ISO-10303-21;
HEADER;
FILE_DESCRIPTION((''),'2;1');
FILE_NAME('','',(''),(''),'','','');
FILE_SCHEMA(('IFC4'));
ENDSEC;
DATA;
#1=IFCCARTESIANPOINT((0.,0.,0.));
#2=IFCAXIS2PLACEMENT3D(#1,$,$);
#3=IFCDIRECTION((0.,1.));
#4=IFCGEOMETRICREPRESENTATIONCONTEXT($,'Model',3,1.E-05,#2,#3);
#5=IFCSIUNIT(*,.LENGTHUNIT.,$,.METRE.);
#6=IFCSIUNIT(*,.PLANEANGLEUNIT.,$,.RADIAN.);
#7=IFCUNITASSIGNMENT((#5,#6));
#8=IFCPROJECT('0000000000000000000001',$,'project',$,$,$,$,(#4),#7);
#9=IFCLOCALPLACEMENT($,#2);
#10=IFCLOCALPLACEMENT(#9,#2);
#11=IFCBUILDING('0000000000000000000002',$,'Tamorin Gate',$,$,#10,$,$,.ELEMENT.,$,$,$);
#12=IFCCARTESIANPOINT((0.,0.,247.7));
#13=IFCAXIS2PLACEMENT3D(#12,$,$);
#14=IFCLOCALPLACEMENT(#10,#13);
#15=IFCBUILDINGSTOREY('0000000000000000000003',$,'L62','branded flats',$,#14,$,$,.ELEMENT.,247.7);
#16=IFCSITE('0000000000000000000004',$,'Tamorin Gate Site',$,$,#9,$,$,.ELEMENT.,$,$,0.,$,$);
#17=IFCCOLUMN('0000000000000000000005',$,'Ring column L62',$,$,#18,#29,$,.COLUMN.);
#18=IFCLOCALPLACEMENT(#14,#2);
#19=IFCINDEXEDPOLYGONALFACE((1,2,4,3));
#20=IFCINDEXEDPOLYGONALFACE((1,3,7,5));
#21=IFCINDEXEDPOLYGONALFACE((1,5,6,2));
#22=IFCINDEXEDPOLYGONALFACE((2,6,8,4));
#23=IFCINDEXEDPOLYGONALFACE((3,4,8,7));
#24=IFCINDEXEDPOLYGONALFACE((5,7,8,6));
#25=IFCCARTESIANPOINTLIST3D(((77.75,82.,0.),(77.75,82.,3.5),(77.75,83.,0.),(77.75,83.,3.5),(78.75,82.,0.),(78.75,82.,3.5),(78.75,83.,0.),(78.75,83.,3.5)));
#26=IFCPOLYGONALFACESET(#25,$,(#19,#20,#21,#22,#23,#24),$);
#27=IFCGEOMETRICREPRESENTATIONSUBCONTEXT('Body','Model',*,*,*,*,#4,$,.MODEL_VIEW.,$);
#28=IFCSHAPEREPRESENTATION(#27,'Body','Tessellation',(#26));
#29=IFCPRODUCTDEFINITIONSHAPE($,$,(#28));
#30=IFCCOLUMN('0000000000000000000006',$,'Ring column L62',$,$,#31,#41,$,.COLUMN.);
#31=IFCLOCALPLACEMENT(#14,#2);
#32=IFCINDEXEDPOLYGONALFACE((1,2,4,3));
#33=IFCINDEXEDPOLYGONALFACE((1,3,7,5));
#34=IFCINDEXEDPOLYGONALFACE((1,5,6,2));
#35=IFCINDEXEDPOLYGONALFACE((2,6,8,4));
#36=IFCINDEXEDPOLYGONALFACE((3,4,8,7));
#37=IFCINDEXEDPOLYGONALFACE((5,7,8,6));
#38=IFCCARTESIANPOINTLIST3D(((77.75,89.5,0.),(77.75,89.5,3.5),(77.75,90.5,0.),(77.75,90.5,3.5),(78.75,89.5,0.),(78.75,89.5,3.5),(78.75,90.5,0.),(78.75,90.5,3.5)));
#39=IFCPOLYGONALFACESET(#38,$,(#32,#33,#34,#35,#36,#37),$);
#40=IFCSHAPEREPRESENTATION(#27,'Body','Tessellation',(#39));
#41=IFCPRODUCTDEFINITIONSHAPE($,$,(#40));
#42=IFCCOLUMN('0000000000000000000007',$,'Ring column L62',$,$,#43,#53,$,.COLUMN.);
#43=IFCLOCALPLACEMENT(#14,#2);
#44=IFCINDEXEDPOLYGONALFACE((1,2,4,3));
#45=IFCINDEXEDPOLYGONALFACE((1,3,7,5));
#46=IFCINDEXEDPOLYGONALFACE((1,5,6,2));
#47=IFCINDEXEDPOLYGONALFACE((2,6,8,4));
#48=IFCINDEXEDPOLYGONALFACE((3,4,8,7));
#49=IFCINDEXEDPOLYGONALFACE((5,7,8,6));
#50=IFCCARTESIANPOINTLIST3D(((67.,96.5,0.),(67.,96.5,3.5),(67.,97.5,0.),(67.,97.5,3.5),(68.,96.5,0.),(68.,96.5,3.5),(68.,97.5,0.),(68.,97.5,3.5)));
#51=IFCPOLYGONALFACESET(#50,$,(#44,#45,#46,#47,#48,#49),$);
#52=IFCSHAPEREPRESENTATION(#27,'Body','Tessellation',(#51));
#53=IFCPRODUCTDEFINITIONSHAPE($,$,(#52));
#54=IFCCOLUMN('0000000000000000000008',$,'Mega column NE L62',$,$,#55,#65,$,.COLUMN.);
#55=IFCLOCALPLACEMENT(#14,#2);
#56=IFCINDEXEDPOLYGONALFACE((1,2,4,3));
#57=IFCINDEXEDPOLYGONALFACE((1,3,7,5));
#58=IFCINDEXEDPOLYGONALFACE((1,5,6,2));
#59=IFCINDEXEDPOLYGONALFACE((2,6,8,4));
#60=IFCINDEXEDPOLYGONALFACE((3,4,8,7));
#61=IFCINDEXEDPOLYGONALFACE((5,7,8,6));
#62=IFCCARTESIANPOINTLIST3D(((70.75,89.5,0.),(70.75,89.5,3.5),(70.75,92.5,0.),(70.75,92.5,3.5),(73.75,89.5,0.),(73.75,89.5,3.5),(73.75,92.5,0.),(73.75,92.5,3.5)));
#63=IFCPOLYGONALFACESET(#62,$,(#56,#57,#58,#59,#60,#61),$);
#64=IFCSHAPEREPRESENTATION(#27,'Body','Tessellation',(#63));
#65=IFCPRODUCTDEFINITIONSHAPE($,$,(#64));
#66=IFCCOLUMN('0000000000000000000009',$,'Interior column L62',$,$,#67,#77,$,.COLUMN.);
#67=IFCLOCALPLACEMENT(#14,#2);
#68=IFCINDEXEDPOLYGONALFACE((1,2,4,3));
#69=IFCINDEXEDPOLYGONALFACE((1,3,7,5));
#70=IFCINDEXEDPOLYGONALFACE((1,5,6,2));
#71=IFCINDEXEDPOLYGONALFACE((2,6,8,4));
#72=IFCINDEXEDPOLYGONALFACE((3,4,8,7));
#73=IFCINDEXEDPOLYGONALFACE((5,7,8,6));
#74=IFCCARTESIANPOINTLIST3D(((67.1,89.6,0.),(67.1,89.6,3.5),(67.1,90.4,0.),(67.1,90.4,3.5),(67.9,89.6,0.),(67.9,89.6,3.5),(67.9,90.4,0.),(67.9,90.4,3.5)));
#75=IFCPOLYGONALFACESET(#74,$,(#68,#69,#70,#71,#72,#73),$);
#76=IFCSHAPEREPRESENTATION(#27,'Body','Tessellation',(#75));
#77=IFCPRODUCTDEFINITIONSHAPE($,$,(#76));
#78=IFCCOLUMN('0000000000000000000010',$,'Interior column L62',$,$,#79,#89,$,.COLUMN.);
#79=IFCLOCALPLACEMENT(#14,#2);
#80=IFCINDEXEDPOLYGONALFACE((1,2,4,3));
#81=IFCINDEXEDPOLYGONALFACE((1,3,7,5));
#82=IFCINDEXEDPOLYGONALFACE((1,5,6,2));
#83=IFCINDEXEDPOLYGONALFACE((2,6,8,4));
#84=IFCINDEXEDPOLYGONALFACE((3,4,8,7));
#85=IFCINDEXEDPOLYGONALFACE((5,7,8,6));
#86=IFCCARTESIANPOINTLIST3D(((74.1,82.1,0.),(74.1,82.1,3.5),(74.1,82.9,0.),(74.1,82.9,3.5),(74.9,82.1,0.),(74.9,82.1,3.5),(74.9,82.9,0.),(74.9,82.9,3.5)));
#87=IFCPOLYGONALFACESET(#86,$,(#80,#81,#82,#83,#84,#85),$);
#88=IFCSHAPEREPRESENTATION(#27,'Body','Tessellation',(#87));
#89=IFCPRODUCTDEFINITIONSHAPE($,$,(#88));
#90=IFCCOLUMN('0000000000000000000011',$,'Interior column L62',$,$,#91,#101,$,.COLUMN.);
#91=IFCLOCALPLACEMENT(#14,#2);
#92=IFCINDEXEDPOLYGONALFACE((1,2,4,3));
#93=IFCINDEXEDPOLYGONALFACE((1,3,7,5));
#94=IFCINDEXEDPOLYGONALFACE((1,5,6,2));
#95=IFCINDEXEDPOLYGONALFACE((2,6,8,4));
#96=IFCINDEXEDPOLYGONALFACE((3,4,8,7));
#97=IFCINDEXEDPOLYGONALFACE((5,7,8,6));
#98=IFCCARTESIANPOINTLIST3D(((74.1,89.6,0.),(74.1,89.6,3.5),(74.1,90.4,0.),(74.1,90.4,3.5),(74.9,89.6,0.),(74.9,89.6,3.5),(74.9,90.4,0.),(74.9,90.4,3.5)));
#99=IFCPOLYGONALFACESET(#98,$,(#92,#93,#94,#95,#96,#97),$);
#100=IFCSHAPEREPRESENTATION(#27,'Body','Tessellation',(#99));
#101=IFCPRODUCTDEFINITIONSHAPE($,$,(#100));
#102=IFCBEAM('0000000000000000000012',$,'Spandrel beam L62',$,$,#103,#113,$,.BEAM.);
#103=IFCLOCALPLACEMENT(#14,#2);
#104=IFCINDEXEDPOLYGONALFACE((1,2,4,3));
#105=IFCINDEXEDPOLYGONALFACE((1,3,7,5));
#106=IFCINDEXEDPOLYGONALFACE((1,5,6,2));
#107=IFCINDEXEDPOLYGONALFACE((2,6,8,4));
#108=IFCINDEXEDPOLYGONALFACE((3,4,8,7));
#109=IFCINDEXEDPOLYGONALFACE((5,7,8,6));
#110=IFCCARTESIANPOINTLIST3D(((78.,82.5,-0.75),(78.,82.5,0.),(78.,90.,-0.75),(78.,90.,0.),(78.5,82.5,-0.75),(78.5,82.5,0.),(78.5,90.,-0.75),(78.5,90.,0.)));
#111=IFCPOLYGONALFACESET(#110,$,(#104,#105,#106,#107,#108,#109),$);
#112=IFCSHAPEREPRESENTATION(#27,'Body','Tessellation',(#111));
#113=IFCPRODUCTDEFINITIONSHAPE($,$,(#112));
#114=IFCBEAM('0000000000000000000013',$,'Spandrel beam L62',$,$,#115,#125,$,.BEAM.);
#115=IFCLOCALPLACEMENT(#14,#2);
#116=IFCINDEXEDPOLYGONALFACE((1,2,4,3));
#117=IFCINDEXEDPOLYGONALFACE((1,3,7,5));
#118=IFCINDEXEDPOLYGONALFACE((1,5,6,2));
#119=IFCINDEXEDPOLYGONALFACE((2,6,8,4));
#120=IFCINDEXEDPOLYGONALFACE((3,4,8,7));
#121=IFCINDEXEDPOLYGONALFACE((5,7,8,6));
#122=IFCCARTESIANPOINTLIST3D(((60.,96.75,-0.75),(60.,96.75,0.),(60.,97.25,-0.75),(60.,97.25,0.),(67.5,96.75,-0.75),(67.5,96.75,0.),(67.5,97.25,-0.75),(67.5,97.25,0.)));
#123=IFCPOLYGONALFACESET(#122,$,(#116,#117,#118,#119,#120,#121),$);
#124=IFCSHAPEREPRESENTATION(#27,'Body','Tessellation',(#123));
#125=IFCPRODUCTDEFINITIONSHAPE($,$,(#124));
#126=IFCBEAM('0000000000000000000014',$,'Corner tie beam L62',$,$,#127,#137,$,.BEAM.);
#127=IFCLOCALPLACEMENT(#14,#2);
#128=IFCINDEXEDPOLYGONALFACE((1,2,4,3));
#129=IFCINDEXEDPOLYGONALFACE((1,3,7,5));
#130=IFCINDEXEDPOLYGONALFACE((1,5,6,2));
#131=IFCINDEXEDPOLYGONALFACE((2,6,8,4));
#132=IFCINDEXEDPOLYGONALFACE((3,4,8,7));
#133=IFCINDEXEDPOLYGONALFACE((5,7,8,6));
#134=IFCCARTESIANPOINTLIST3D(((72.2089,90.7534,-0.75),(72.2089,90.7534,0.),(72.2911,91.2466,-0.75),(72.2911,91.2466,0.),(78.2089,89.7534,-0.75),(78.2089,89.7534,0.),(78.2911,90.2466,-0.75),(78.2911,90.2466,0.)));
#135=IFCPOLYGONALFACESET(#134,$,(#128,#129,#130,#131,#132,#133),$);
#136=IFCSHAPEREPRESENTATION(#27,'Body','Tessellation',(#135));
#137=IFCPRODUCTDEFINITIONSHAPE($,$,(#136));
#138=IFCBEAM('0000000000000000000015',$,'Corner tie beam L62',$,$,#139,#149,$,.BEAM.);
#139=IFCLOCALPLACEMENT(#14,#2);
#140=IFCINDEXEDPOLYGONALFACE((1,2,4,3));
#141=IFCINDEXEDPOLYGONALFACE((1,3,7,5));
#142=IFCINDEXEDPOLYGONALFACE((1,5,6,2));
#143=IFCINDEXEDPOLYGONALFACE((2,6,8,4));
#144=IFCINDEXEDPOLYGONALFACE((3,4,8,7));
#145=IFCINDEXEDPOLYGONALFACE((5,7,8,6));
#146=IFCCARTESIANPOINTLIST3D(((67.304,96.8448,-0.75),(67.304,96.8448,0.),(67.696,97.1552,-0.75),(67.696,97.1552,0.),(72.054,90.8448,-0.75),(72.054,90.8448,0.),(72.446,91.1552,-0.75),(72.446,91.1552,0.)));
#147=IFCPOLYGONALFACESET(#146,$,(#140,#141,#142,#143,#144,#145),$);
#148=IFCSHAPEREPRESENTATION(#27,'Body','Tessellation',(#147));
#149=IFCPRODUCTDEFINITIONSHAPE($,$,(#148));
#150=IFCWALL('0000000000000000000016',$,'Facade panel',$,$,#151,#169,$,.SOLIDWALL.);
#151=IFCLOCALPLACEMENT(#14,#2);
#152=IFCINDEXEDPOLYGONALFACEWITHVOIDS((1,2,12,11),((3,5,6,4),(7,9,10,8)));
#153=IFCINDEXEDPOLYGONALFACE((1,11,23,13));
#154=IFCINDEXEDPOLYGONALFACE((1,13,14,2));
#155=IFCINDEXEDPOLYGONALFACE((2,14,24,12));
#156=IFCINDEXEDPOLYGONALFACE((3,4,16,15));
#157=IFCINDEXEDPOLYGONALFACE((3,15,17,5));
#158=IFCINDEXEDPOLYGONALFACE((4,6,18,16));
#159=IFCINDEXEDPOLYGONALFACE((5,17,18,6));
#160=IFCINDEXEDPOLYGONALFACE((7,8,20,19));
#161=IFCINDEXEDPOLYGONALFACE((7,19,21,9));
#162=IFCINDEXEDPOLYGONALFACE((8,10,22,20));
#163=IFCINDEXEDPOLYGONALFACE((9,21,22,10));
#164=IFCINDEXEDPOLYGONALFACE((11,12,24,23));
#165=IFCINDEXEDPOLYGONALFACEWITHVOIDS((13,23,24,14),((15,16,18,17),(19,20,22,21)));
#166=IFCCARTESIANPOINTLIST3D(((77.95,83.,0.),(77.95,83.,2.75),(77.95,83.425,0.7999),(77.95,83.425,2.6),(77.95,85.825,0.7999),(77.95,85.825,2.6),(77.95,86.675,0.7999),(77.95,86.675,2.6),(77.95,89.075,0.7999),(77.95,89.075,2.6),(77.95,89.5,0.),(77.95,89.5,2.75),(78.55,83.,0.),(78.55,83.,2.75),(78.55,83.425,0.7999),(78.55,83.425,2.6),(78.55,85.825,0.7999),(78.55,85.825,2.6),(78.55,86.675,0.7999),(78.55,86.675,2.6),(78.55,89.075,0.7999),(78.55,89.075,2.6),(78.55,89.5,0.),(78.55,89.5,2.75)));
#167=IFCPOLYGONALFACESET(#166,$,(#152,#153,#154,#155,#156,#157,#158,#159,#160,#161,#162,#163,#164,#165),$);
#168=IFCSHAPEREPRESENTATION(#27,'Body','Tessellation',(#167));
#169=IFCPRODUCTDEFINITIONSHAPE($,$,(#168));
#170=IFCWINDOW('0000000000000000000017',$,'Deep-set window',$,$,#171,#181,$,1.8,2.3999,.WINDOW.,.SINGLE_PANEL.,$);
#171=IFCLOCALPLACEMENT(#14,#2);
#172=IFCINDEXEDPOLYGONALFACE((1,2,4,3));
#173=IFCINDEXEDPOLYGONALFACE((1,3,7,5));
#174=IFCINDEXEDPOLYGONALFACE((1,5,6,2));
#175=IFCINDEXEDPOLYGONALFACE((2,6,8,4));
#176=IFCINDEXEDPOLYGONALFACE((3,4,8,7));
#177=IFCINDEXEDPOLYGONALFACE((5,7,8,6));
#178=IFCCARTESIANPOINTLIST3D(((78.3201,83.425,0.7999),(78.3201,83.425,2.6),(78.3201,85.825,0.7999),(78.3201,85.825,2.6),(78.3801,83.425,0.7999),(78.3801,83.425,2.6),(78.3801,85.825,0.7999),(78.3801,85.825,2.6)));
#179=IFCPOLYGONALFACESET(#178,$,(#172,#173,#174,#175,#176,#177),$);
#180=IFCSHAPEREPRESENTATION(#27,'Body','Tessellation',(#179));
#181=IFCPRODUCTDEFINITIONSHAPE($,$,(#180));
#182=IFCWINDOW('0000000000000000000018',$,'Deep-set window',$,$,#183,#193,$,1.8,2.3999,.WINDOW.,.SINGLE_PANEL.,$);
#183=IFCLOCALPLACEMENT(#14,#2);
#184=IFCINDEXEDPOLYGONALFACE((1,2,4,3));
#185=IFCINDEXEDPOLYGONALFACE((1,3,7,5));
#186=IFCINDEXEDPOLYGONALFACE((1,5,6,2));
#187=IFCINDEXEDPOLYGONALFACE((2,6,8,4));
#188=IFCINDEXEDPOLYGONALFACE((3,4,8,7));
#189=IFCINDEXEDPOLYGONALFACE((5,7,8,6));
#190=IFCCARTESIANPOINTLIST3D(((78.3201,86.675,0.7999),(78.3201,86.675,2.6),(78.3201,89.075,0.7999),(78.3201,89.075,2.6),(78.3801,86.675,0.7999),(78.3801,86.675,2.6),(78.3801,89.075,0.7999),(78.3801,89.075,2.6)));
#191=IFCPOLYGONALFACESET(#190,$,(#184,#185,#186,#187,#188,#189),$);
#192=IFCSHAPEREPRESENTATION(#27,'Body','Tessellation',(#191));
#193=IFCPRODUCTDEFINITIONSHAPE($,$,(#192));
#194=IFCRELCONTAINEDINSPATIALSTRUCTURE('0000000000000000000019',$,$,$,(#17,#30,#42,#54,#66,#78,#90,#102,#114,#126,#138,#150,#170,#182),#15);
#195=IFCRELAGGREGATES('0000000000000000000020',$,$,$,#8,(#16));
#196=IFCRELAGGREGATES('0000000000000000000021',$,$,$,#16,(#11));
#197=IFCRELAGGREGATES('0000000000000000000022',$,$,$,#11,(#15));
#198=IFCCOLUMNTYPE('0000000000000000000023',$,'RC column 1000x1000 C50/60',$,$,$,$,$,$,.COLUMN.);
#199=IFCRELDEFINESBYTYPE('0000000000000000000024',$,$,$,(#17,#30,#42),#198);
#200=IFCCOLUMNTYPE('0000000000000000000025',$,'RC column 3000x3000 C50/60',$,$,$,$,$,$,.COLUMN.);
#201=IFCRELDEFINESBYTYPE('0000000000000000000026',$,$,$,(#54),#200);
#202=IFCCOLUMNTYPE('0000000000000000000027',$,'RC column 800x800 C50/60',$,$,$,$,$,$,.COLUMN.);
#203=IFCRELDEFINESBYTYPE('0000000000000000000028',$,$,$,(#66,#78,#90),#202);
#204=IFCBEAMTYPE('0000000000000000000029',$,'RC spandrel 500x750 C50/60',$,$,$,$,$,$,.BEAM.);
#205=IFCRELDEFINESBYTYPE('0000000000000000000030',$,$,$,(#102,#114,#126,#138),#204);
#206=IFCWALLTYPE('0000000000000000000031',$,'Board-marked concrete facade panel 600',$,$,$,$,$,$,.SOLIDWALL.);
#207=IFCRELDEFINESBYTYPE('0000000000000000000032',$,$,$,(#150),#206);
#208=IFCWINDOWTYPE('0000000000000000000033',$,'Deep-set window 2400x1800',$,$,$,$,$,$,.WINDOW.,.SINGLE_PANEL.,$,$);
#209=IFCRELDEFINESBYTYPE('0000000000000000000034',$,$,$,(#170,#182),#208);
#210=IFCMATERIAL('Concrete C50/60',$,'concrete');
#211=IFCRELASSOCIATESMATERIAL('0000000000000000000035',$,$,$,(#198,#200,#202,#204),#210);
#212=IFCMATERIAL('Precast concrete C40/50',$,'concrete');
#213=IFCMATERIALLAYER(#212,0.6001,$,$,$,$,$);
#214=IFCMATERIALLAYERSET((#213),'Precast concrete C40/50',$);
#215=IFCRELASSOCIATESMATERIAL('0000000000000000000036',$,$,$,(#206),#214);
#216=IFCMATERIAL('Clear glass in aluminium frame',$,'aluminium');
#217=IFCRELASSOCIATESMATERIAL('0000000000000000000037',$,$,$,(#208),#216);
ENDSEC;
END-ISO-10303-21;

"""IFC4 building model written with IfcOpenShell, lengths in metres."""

from ifc_helpers import new_model, si_unit, direction, frame, frame_2d, origin, origin_2d, place, context, subcontext, project, spatial, rectangle, extrude, material, layer, layer_set, material_profile, profile_set, type_object, element, fill, save


model = new_model("IFC4")

# Units and contexts
model_context = context("Model", 3, precision=1e-05, world=origin(), true_north=direction((0.0, 1.0)))
body_context = subcontext(model_context, "Body", "Model", "MODEL_VIEW")
ifc_project = project(units=[si_unit("LENGTHUNIT", "METRE"), si_unit("PLANEANGLEUNIT", "RADIAN")], contexts=[model_context])

# Site, building, storey
site_placement = place(None, origin())
site = spatial("IfcSite", under=ifc_project, at=site_placement, Name="Tamorin Gate Site", CompositionType="ELEMENT", RefElevation=0.0)
building_placement = place(site_placement, origin())
building = spatial("IfcBuilding", under=site, at=building_placement, Name="Tamorin Gate", CompositionType="ELEMENT")
storey_placement = place(building_placement, frame((0.0, 0.0, 247.7)))
storey = spatial("IfcBuildingStorey", under=building, at=storey_placement, Name="L62", Description="branded flats", CompositionType="ELEMENT", Elevation=247.7)

# Columns
ifc_material_1 = material(Name="Concrete C50/60", Category="concrete")
ifc_material_profile_1 = material_profile(ifc_material_1, rectangle(XDim=1.0, YDim=1.0, at=origin_2d()), Name="RC 1000x1000")
ifc_profile_set_1 = profile_set([ifc_material_profile_1], Name="Concrete C50/60")
column_type_1 = type_object("IfcColumnType", Name="RC column 1000x1000 C50/60", PredefinedType="COLUMN", material=ifc_profile_set_1)
for number, where, z_axis, x_axis, name in (
    (1, (78.25, 82.5, 0.0), (0.0, 0.0, 1.0), (1.0, 0.0, 0.0), "Ring column L62"),
    (2, (78.25, 90.0, 0.0), (0.0, 0.0, 1.0), (1.0, 0.0, 0.0), "Ring column L62"),
    (3, (67.5, 97.0, 0.0), (0.0, 0.0, 1.0), (1.0, 0.0, 0.0), "Ring column L62"),
):
    element("IfcColumn", number, at=place(storey_placement, frame(where, z_axis=z_axis, x_axis=x_axis)), inside=storey, type_object=column_type_1, Name=name, PredefinedType="COLUMN", context=body_context, shape_type="SweptSolid", body=[
        extrude(rectangle(XDim=1.0, YDim=1.0, at=origin_2d()), origin(), (0.0, 0.0, 1.0), 3.5),
    ])
ifc_material_profile_2 = material_profile(ifc_material_1, rectangle(XDim=3.0, YDim=3.0, at=origin_2d()), Name="RC 3000x3000")
ifc_profile_set_2 = profile_set([ifc_material_profile_2], Name="Concrete C50/60")
column_type_2 = type_object("IfcColumnType", Name="RC column 3000x3000 C50/60", PredefinedType="COLUMN", material=ifc_profile_set_2)
column_placement = place(storey_placement, frame((72.25, 91.0, 0.0), z_axis=(0.0, 0.0, 1.0), x_axis=(1.0, 0.0, 0.0)))
element("IfcColumn", 4, at=column_placement, inside=storey, type_object=column_type_2, Name="Mega column NE L62", PredefinedType="COLUMN", context=body_context, shape_type="SweptSolid", body=[
    extrude(rectangle(XDim=3.0, YDim=3.0, at=origin_2d()), origin(), (0.0, 0.0, 1.0), 3.5),
])
ifc_material_profile_3 = material_profile(ifc_material_1, rectangle(XDim=0.8, YDim=0.8, at=origin_2d()), Name="RC 800x800")
ifc_profile_set_3 = profile_set([ifc_material_profile_3], Name="Concrete C50/60")
column_type_3 = type_object("IfcColumnType", Name="RC column 800x800 C50/60", PredefinedType="COLUMN", material=ifc_profile_set_3)
for number, where, z_axis, x_axis, name in (
    (5, (67.5, 90.0, 0.0), (0.0, 0.0, 1.0), (1.0, 0.0, 0.0), "Interior column L62"),
    (6, (74.5, 82.5, 0.0), (0.0, 0.0, 1.0), (1.0, 0.0, 0.0), "Interior column L62"),
    (7, (74.5, 90.0, 0.0), (0.0, 0.0, 1.0), (1.0, 0.0, 0.0), "Interior column L62"),
):
    element("IfcColumn", number, at=place(storey_placement, frame(where, z_axis=z_axis, x_axis=x_axis)), inside=storey, type_object=column_type_3, Name=name, PredefinedType="COLUMN", context=body_context, shape_type="SweptSolid", body=[
        extrude(rectangle(XDim=0.8, YDim=0.8, at=origin_2d()), origin(), (0.0, 0.0, 1.0), 3.5),
    ])

# Beams
ifc_material_profile_4 = material_profile(ifc_material_1, rectangle(XDim=0.5, YDim=0.75, at=origin_2d()), Name="RC 500x750")
ifc_profile_set_4 = profile_set([ifc_material_profile_4], Name="Concrete C50/60")
beam_type = type_object("IfcBeamType", Name="RC spandrel 500x750 C50/60", PredefinedType="BEAM", material=ifc_profile_set_4)
for number, where, z_axis, x_axis, name in (
    (8, (78.25, 82.5, -0.375), (0.0, 1.0, 0.0), (-1.0, 0.0, 0.0), "Spandrel beam L62"),
    (9, (67.5, 97.0, -0.375), (-1.0, 0.0, 0.0), (0.0, -1.0, 0.0), "Spandrel beam L62"),
):
    element("IfcBeam", number, at=place(storey_placement, frame(where, z_axis=z_axis, x_axis=x_axis)), inside=storey, type_object=beam_type, Name=name, PredefinedType="BEAM", context=body_context, shape_type="SweptSolid", body=[
        extrude(rectangle(XDim=0.5, YDim=0.75, at=origin_2d()), origin(), (0.0, 0.0, 1.0), 7.5),
    ])
beam_1_placement = place(storey_placement, frame((72.25, 91.0, -0.375), z_axis=(0.986394, -0.164399, 0.0), x_axis=(0.164399, 0.986394, 0.0)))
element("IfcBeam", 10, at=beam_1_placement, inside=storey, type_object=beam_type, Name="Corner tie beam L62", PredefinedType="BEAM", context=body_context, shape_type="SweptSolid", body=[
    extrude(rectangle(XDim=0.5, YDim=0.75, at=origin_2d()), origin(), (0.0, 0.0, 1.0), 6.0828),
])
beam_2_placement = place(storey_placement, frame((72.25, 91.0, -0.375), z_axis=(-0.620703, 0.784046, 0.0), x_axis=(-0.784046, -0.620703, 0.0)))
element("IfcBeam", 11, at=beam_2_placement, inside=storey, type_object=beam_type, Name="Corner tie beam L62", PredefinedType="BEAM", context=body_context, shape_type="SweptSolid", body=[
    extrude(rectangle(XDim=0.5, YDim=0.75, at=origin_2d()), origin(), (0.0, 0.0, 1.0), 7.6526),
])

# Wall, openings, windows
ifc_material_2 = material(Name="Precast concrete C40/50", Category="concrete")
ifc_layer = layer(ifc_material_2, 0.6001)
ifc_layer_set = layer_set([ifc_layer], Name="Precast concrete C40/50")
wall_type = type_object("IfcWallType", Name="Board-marked concrete facade panel 600", PredefinedType="SOLIDWALL", material=ifc_layer_set)
wall_1_placement = place(storey_placement, frame((78.25, 83.0, 0.0), z_axis=(0.0, 0.0, 1.0), x_axis=(0.0, 1.0, 0.0)))
wall_1 = element("IfcWall", 12, at=wall_1_placement, inside=storey, type_object=wall_type, Name="Facade panel", PredefinedType="SOLIDWALL", context=body_context, shape_type="SweptSolid", body=[
    extrude(rectangle(XDim=6.5, YDim=0.6001, at=frame_2d((3.25, 0.0))), origin(), (0.0, 0.0, 1.0), 2.75),
])
opening_1_placement = place(wall_1_placement, frame((0.425, 0.0, 0.8)))
opening_1 = element("IfcOpeningElement", 13, at=opening_1_placement, cuts=wall_1, PredefinedType="OPENING", context=body_context, shape_type="SweptSolid", body=[
    extrude(rectangle(XDim=2.3999, YDim=1.8, at=frame_2d((1.2, 0.8999))), frame((0.0, 0.3101, 0.0), z_axis=(0.0, -1.0, 0.0), x_axis=(1.0, 0.0, 0.0)), (0.0, 0.0, 1.0), 0.6201),
])
opening_2_placement = place(wall_1_placement, frame((3.675, 0.0, 0.8)))
opening_2 = element("IfcOpeningElement", 14, at=opening_2_placement, cuts=wall_1, PredefinedType="OPENING", context=body_context, shape_type="SweptSolid", body=[
    extrude(rectangle(XDim=2.3999, YDim=1.8, at=frame_2d((1.2, 0.8999))), frame((0.0, 0.3101, 0.0), z_axis=(0.0, -1.0, 0.0), x_axis=(1.0, 0.0, 0.0)), (0.0, 0.0, 1.0), 0.6201),
])
ifc_material_3 = material(Name="Clear glass in aluminium frame", Category="aluminium")
window_type = type_object("IfcWindowType", Name="Deep-set window 2400x1800", PartitioningType="SINGLE_PANEL", PredefinedType="WINDOW", material=ifc_material_3)
window_1_placement = place(opening_1_placement, origin())
window_1 = element("IfcWindow", 15, at=window_1_placement, inside=storey, type_object=window_type, Name="Deep-set window", OverallHeight=1.8, OverallWidth=2.3999, PartitioningType="SINGLE_PANEL", PredefinedType="WINDOW", context=body_context, shape_type="SweptSolid", body=[
    extrude(rectangle(XDim=2.3999, YDim=1.8, at=frame_2d((1.2, 0.8999))), frame((0.0, -0.0701, 0.0), z_axis=(0.0, -1.0, 0.0), x_axis=(1.0, 0.0, 0.0)), (0.0, 0.0, 1.0), 0.0601),
])
fill(opening_1, window_1)
window_2_placement = place(opening_2_placement, origin())
window_2 = element("IfcWindow", 16, at=window_2_placement, inside=storey, type_object=window_type, Name="Deep-set window", OverallHeight=1.8, OverallWidth=2.3999, PartitioningType="SINGLE_PANEL", PredefinedType="WINDOW", context=body_context, shape_type="SweptSolid", body=[
    extrude(rectangle(XDim=2.3999, YDim=1.8, at=frame_2d((1.2, 0.8999))), frame((0.0, -0.0701, 0.0), z_axis=(0.0, -1.0, 0.0), x_axis=(1.0, 0.0, 0.0)), (0.0, 0.0, 1.0), 0.0601),
])
fill(opening_2, window_2)

save(model, "model.ifc")
